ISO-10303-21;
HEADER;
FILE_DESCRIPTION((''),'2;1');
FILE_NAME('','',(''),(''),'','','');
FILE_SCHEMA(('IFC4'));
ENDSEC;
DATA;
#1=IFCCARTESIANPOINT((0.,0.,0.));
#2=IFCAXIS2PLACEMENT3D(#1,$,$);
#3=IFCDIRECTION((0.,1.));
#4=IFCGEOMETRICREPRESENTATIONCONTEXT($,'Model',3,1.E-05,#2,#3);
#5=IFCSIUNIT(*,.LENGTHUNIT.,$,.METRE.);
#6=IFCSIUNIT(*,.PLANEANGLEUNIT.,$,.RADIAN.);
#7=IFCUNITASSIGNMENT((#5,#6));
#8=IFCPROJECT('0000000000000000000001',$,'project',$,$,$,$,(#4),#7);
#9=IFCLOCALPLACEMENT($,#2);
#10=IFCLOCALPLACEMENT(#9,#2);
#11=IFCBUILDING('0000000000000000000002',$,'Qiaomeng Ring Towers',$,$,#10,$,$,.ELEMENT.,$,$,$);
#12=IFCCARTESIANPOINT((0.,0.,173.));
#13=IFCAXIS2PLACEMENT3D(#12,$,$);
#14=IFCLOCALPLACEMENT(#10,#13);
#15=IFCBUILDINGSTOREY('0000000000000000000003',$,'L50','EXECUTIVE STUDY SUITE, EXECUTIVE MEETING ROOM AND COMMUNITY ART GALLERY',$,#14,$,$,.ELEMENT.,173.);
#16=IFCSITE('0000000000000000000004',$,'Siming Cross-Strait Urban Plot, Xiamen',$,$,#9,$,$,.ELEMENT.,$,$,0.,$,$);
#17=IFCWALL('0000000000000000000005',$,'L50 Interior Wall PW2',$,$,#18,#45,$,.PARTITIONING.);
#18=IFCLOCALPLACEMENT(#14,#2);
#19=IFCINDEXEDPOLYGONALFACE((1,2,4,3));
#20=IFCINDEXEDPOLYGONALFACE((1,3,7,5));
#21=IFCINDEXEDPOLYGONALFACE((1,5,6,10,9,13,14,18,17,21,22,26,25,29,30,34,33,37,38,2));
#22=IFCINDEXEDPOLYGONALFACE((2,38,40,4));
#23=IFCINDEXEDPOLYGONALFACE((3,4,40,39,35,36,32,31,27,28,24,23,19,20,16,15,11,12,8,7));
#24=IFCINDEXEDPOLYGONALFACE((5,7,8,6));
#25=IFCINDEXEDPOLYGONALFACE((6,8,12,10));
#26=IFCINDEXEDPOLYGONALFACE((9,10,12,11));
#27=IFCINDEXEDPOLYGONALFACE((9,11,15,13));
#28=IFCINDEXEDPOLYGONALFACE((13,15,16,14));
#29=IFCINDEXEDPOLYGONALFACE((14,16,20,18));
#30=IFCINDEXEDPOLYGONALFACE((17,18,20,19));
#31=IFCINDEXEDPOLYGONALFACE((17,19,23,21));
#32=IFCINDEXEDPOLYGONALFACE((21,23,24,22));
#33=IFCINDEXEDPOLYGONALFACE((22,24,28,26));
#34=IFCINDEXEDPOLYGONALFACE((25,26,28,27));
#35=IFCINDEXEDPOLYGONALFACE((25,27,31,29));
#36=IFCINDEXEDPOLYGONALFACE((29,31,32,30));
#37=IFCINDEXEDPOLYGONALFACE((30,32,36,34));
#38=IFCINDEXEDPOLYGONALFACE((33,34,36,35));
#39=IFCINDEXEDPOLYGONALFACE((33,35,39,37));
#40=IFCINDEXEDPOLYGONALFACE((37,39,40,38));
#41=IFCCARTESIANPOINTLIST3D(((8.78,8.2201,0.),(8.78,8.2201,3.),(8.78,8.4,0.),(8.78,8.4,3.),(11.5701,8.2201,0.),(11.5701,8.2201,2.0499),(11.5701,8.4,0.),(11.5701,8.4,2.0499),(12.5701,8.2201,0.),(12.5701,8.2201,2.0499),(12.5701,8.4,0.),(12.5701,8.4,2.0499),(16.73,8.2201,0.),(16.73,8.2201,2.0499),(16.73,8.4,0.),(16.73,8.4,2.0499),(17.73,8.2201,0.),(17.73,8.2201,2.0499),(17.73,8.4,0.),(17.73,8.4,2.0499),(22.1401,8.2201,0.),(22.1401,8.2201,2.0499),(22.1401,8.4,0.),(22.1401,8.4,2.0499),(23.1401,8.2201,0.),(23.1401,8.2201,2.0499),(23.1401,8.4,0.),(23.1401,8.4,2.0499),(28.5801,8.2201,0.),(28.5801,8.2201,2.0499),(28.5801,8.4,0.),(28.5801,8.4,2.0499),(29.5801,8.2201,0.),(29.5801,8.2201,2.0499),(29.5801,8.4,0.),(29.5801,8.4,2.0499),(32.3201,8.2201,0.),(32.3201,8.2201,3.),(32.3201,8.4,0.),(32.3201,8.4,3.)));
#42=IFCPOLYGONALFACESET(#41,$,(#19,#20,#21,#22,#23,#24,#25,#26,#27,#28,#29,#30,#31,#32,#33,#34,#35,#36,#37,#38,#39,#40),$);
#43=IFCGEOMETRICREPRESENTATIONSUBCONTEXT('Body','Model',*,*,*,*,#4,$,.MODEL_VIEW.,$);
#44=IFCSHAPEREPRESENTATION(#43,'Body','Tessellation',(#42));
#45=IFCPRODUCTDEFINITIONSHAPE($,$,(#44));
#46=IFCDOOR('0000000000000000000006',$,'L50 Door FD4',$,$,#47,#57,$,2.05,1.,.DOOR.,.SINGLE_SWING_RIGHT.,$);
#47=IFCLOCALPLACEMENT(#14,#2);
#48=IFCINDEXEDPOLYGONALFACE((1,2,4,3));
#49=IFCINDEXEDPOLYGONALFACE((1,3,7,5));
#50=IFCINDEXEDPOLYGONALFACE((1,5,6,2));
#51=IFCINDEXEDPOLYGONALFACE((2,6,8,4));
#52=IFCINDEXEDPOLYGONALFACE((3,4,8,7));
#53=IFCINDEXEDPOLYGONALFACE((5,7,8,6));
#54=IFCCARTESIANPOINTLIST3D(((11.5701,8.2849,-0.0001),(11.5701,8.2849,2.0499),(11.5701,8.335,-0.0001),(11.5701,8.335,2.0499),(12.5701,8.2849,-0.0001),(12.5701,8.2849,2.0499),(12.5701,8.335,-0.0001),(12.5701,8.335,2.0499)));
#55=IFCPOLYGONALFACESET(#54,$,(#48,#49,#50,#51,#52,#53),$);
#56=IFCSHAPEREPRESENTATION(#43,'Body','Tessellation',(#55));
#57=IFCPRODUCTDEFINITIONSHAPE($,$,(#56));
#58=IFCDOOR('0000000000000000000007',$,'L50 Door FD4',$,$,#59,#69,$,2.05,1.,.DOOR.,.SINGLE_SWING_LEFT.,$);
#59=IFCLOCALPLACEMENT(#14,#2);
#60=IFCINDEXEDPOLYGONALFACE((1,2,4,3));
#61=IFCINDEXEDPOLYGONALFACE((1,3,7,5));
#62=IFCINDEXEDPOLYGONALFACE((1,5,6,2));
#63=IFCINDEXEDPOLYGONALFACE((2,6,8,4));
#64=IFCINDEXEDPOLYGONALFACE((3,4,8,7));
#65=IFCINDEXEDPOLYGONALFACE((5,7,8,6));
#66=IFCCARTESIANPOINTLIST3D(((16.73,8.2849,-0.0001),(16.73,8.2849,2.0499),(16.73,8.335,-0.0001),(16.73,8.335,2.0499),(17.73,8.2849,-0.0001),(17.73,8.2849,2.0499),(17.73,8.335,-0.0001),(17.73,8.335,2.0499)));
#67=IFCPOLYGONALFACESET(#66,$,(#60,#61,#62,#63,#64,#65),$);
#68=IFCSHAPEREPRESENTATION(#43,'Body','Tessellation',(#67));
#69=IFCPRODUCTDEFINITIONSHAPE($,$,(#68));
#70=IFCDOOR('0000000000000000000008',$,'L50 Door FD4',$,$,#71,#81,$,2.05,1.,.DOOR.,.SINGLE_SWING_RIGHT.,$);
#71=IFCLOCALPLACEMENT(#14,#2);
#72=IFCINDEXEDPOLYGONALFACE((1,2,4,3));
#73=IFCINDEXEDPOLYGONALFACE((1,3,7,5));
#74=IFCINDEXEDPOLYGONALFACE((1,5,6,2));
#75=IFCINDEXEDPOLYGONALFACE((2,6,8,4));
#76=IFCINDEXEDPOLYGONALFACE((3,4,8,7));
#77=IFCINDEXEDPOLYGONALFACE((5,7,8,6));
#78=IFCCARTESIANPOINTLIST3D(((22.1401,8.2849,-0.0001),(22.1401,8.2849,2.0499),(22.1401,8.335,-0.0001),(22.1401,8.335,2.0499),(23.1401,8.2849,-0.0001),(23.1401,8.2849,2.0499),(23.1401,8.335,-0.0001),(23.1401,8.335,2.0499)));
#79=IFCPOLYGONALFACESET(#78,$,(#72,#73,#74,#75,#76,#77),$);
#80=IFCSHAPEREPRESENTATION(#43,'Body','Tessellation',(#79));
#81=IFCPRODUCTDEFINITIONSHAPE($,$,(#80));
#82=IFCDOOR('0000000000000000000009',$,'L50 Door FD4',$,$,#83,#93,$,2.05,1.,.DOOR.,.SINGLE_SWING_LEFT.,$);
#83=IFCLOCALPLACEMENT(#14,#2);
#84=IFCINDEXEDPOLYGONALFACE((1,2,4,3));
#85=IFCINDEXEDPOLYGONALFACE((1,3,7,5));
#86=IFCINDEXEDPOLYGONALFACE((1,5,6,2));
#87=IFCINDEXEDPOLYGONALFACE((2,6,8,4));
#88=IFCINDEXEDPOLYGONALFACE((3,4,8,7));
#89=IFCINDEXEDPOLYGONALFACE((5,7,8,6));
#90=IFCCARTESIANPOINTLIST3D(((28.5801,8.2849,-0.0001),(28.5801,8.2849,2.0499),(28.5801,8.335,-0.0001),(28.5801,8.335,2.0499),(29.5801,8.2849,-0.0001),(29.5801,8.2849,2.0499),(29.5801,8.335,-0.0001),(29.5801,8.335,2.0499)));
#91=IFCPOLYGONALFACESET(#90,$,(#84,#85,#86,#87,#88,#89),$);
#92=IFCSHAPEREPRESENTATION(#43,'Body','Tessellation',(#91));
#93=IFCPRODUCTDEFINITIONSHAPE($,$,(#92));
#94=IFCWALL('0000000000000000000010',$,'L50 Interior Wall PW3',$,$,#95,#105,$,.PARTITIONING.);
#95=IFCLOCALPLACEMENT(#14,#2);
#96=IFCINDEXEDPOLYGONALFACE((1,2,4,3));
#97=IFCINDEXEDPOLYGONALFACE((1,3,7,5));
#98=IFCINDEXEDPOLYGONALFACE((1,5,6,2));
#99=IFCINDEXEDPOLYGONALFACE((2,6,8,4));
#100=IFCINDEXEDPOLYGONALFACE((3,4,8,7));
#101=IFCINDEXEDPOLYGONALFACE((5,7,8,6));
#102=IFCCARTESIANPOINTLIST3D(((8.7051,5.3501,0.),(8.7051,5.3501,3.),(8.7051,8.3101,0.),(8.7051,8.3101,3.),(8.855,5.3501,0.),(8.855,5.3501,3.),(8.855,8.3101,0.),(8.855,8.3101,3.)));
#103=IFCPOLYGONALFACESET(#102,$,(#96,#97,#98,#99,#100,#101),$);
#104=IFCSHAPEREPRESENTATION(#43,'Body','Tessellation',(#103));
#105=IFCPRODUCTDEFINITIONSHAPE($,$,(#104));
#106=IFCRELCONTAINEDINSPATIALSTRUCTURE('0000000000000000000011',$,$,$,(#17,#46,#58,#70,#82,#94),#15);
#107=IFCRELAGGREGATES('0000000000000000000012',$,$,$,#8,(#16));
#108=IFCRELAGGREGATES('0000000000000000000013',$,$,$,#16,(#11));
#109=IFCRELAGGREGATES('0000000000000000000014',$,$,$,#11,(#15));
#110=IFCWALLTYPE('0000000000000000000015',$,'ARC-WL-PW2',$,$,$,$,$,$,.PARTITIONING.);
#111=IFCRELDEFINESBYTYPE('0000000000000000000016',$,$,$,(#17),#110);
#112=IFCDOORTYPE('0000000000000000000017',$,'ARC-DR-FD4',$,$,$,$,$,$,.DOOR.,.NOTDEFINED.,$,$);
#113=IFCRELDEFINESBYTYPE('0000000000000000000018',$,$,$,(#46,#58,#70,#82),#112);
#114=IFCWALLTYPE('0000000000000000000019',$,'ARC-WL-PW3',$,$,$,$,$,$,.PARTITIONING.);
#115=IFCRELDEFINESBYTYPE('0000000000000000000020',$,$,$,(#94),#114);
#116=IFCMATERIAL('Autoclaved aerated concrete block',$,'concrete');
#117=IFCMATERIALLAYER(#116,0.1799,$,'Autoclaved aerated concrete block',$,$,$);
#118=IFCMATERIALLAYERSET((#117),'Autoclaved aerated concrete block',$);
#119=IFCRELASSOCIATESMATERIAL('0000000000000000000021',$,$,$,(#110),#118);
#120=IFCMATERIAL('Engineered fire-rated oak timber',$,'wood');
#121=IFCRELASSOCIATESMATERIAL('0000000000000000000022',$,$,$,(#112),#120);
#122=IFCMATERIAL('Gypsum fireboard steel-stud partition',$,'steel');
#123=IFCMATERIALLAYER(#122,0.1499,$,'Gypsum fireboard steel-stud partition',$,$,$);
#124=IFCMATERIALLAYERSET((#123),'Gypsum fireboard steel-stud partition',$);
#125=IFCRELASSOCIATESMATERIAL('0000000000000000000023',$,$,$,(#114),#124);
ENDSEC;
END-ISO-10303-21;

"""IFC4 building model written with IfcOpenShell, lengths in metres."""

from ifc_helpers import new_model, si_unit, direction, frame, frame_2d, origin, place, context, subcontext, project, spatial, rectangle, extrude, source, transform, mapped, material, layer, layer_set, type_object, element, fill, save


model = new_model("IFC4")

# Units and contexts
model_context = context("Model", 3, precision=1e-05, world=origin(), true_north=direction((0.0, 1.0)))
body_context = subcontext(model_context, "Body", "Model", "MODEL_VIEW")
ifc_project = project(units=[si_unit("LENGTHUNIT", "METRE"), si_unit("PLANEANGLEUNIT", "RADIAN")], contexts=[model_context])

# Site, building, storey
site_placement = place(None, origin())
site = spatial("IfcSite", under=ifc_project, at=site_placement, Name="Siming Cross-Strait Urban Plot, Xiamen", CompositionType="ELEMENT", RefElevation=0.0)
building_placement = place(site_placement, origin())
building = spatial("IfcBuilding", under=site, at=building_placement, Name="Qiaomeng Ring Towers", CompositionType="ELEMENT")
storey_placement = place(building_placement, frame((0.0, 0.0, 173.0)))
storey = spatial("IfcBuildingStorey", under=building, at=storey_placement, Name="L50", Description="EXECUTIVE STUDY SUITE, EXECUTIVE MEETING ROOM AND COMMUNITY ART GALLERY", CompositionType="ELEMENT", Elevation=173.0)

# Wall, openings, doors
ifc_material_1 = material(Name="Autoclaved aerated concrete block", Category="concrete")
ifc_layer_1 = layer(ifc_material_1, 0.1799, Name="Autoclaved aerated concrete block")
ifc_layer_set_1 = layer_set([ifc_layer_1], Name="Autoclaved aerated concrete block")
wall_type_1 = type_object("IfcWallType", Name="ARC-WL-PW2", PredefinedType="PARTITIONING", material=ifc_layer_set_1)
wall_1_placement = place(storey_placement, frame((8.78, 8.3101, 0.0), z_axis=(0.0, 0.0, 1.0), x_axis=(1.0, 0.0, 0.0)))
wall_1 = element("IfcWall", 1, at=wall_1_placement, inside=storey, type_object=wall_type_1, Name="L50 Interior Wall PW2", PredefinedType="PARTITIONING", context=body_context, shape_type="SweptSolid", body=[
    extrude(rectangle(XDim=23.54, YDim=0.1799, at=frame_2d((11.77, 0.0))), origin(), (0.0, 0.0, 1.0), 3.0),
])
opening_1_placement = place(wall_1_placement, frame((2.79, 0.0, 0.0)))
opening_1 = element("IfcOpeningElement", 2, at=opening_1_placement, cuts=wall_1, PredefinedType="OPENING", context=body_context, shape_type="SweptSolid", body=[
    extrude(rectangle(XDim=1.0, YDim=2.05, at=frame_2d((0.5, 1.0249))), frame((0.0, 0.0999, 0.0), z_axis=(0.0, -1.0, 0.0), x_axis=(1.0, 0.0, 0.0)), (0.0, 0.0, 1.0), 0.2),
])
opening_2_placement = place(wall_1_placement, frame((7.95, 0.0, 0.0)))
opening_2 = element("IfcOpeningElement", 3, at=opening_2_placement, cuts=wall_1, PredefinedType="OPENING", context=body_context, shape_type="SweptSolid", body=[
    extrude(rectangle(XDim=1.0, YDim=2.05, at=frame_2d((0.5, 1.0249))), frame((0.0, 0.0999, 0.0), z_axis=(0.0, -1.0, 0.0), x_axis=(1.0, 0.0, 0.0)), (0.0, 0.0, 1.0), 0.2),
])
opening_3_placement = place(wall_1_placement, frame((13.3601, 0.0, 0.0)))
opening_3 = element("IfcOpeningElement", 4, at=opening_3_placement, cuts=wall_1, PredefinedType="OPENING", context=body_context, shape_type="SweptSolid", body=[
    extrude(rectangle(XDim=1.0, YDim=2.05, at=frame_2d((0.5, 1.0249))), frame((0.0, 0.0999, 0.0), z_axis=(0.0, -1.0, 0.0), x_axis=(1.0, 0.0, 0.0)), (0.0, 0.0, 1.0), 0.2),
])
opening_4_placement = place(wall_1_placement, frame((19.8, 0.0, 0.0)))
opening_4 = element("IfcOpeningElement", 5, at=opening_4_placement, cuts=wall_1, PredefinedType="OPENING", context=body_context, shape_type="SweptSolid", body=[
    extrude(rectangle(XDim=1.0, YDim=2.05, at=frame_2d((0.5, 1.0249))), frame((0.0, 0.0999, 0.0), z_axis=(0.0, -1.0, 0.0), x_axis=(1.0, 0.0, 0.0)), (0.0, 0.0, 1.0), 0.2),
])
ifc_material_2 = material(Name="Engineered fire-rated oak timber", Category="wood")
door_type_1 = type_object("IfcDoorType", Name="ARC-DR-FD4", OperationType="NOTDEFINED", PredefinedType="DOOR", material=ifc_material_2)
shared_shape_1 = source(origin(), body_context, "Body", "SweptSolid", [
    extrude(rectangle(XDim=1.0, YDim=2.05, at=frame_2d((0.5, 1.0249))), frame((0.0, 0.0249, 0.0), z_axis=(0.0, -1.0, 0.0), x_axis=(1.0, 0.0, 0.0)), (0.0, 0.0, 1.0), 0.05),
])
door_1_placement = place(opening_1_placement, origin())
door_1 = element("IfcDoor", 6, at=door_1_placement, inside=storey, type_object=door_type_1, Name="L50 Door FD4", OperationType="SINGLE_SWING_RIGHT", OverallHeight=2.05, OverallWidth=1.0, PredefinedType="DOOR", context=body_context, shape_type="MappedRepresentation", body=[
    mapped(shared_shape_1, transform((0.0, 0.0, 0.0), x_axis=(1.0, 0.0, 0.0), y_axis=(0.0, 1.0, 0.0), z_axis=(0.0, 0.0, 1.0), scale=1.0)),
])
fill(opening_1, door_1)
door_2_placement = place(opening_2_placement, origin())
door_2 = element("IfcDoor", 7, at=door_2_placement, inside=storey, type_object=door_type_1, Name="L50 Door FD4", OperationType="SINGLE_SWING_LEFT", OverallHeight=2.05, OverallWidth=1.0, PredefinedType="DOOR", context=body_context, shape_type="MappedRepresentation", body=[
    mapped(shared_shape_1, transform((0.0, 0.0, 0.0), x_axis=(1.0, 0.0, 0.0), y_axis=(0.0, 1.0, 0.0), z_axis=(0.0, 0.0, 1.0), scale=1.0)),
])
fill(opening_2, door_2)
door_3_placement = place(opening_3_placement, origin())
door_3 = element("IfcDoor", 8, at=door_3_placement, inside=storey, type_object=door_type_1, Name="L50 Door FD4", OperationType="SINGLE_SWING_RIGHT", OverallHeight=2.05, OverallWidth=1.0, PredefinedType="DOOR", context=body_context, shape_type="MappedRepresentation", body=[
    mapped(shared_shape_1, transform((0.0, 0.0, 0.0), x_axis=(1.0, 0.0, 0.0), y_axis=(0.0, 1.0, 0.0), z_axis=(0.0, 0.0, 1.0), scale=1.0)),
])
fill(opening_3, door_3)
door_4_placement = place(opening_4_placement, origin())
door_4 = element("IfcDoor", 9, at=door_4_placement, inside=storey, type_object=door_type_1, Name="L50 Door FD4", OperationType="SINGLE_SWING_LEFT", OverallHeight=2.05, OverallWidth=1.0, PredefinedType="DOOR", context=body_context, shape_type="MappedRepresentation", body=[
    mapped(shared_shape_1, transform((0.0, 0.0, 0.0), x_axis=(1.0, 0.0, 0.0), y_axis=(0.0, 1.0, 0.0), z_axis=(0.0, 0.0, 1.0), scale=1.0)),
])
fill(opening_4, door_4)

# Wall
ifc_material_3 = material(Name="Gypsum fireboard steel-stud partition", Category="steel")
ifc_layer_2 = layer(ifc_material_3, 0.1499, Name="Gypsum fireboard steel-stud partition")
ifc_layer_set_2 = layer_set([ifc_layer_2], Name="Gypsum fireboard steel-stud partition")
wall_type_2 = type_object("IfcWallType", Name="ARC-WL-PW3", PredefinedType="PARTITIONING", material=ifc_layer_set_2)
wall_2_placement = place(storey_placement, frame((8.78, 5.3501, 0.0), z_axis=(0.0, 0.0, 1.0), x_axis=(0.0, 1.0, 0.0)))
element("IfcWall", 10, at=wall_2_placement, inside=storey, type_object=wall_type_2, Name="L50 Interior Wall PW3", PredefinedType="PARTITIONING", context=body_context, shape_type="SweptSolid", body=[
    extrude(rectangle(XDim=2.96, YDim=0.1499, at=frame_2d((1.48, 0.0))), origin(), (0.0, 0.0, 1.0), 3.0),
])

save(model, "model.ifc")
